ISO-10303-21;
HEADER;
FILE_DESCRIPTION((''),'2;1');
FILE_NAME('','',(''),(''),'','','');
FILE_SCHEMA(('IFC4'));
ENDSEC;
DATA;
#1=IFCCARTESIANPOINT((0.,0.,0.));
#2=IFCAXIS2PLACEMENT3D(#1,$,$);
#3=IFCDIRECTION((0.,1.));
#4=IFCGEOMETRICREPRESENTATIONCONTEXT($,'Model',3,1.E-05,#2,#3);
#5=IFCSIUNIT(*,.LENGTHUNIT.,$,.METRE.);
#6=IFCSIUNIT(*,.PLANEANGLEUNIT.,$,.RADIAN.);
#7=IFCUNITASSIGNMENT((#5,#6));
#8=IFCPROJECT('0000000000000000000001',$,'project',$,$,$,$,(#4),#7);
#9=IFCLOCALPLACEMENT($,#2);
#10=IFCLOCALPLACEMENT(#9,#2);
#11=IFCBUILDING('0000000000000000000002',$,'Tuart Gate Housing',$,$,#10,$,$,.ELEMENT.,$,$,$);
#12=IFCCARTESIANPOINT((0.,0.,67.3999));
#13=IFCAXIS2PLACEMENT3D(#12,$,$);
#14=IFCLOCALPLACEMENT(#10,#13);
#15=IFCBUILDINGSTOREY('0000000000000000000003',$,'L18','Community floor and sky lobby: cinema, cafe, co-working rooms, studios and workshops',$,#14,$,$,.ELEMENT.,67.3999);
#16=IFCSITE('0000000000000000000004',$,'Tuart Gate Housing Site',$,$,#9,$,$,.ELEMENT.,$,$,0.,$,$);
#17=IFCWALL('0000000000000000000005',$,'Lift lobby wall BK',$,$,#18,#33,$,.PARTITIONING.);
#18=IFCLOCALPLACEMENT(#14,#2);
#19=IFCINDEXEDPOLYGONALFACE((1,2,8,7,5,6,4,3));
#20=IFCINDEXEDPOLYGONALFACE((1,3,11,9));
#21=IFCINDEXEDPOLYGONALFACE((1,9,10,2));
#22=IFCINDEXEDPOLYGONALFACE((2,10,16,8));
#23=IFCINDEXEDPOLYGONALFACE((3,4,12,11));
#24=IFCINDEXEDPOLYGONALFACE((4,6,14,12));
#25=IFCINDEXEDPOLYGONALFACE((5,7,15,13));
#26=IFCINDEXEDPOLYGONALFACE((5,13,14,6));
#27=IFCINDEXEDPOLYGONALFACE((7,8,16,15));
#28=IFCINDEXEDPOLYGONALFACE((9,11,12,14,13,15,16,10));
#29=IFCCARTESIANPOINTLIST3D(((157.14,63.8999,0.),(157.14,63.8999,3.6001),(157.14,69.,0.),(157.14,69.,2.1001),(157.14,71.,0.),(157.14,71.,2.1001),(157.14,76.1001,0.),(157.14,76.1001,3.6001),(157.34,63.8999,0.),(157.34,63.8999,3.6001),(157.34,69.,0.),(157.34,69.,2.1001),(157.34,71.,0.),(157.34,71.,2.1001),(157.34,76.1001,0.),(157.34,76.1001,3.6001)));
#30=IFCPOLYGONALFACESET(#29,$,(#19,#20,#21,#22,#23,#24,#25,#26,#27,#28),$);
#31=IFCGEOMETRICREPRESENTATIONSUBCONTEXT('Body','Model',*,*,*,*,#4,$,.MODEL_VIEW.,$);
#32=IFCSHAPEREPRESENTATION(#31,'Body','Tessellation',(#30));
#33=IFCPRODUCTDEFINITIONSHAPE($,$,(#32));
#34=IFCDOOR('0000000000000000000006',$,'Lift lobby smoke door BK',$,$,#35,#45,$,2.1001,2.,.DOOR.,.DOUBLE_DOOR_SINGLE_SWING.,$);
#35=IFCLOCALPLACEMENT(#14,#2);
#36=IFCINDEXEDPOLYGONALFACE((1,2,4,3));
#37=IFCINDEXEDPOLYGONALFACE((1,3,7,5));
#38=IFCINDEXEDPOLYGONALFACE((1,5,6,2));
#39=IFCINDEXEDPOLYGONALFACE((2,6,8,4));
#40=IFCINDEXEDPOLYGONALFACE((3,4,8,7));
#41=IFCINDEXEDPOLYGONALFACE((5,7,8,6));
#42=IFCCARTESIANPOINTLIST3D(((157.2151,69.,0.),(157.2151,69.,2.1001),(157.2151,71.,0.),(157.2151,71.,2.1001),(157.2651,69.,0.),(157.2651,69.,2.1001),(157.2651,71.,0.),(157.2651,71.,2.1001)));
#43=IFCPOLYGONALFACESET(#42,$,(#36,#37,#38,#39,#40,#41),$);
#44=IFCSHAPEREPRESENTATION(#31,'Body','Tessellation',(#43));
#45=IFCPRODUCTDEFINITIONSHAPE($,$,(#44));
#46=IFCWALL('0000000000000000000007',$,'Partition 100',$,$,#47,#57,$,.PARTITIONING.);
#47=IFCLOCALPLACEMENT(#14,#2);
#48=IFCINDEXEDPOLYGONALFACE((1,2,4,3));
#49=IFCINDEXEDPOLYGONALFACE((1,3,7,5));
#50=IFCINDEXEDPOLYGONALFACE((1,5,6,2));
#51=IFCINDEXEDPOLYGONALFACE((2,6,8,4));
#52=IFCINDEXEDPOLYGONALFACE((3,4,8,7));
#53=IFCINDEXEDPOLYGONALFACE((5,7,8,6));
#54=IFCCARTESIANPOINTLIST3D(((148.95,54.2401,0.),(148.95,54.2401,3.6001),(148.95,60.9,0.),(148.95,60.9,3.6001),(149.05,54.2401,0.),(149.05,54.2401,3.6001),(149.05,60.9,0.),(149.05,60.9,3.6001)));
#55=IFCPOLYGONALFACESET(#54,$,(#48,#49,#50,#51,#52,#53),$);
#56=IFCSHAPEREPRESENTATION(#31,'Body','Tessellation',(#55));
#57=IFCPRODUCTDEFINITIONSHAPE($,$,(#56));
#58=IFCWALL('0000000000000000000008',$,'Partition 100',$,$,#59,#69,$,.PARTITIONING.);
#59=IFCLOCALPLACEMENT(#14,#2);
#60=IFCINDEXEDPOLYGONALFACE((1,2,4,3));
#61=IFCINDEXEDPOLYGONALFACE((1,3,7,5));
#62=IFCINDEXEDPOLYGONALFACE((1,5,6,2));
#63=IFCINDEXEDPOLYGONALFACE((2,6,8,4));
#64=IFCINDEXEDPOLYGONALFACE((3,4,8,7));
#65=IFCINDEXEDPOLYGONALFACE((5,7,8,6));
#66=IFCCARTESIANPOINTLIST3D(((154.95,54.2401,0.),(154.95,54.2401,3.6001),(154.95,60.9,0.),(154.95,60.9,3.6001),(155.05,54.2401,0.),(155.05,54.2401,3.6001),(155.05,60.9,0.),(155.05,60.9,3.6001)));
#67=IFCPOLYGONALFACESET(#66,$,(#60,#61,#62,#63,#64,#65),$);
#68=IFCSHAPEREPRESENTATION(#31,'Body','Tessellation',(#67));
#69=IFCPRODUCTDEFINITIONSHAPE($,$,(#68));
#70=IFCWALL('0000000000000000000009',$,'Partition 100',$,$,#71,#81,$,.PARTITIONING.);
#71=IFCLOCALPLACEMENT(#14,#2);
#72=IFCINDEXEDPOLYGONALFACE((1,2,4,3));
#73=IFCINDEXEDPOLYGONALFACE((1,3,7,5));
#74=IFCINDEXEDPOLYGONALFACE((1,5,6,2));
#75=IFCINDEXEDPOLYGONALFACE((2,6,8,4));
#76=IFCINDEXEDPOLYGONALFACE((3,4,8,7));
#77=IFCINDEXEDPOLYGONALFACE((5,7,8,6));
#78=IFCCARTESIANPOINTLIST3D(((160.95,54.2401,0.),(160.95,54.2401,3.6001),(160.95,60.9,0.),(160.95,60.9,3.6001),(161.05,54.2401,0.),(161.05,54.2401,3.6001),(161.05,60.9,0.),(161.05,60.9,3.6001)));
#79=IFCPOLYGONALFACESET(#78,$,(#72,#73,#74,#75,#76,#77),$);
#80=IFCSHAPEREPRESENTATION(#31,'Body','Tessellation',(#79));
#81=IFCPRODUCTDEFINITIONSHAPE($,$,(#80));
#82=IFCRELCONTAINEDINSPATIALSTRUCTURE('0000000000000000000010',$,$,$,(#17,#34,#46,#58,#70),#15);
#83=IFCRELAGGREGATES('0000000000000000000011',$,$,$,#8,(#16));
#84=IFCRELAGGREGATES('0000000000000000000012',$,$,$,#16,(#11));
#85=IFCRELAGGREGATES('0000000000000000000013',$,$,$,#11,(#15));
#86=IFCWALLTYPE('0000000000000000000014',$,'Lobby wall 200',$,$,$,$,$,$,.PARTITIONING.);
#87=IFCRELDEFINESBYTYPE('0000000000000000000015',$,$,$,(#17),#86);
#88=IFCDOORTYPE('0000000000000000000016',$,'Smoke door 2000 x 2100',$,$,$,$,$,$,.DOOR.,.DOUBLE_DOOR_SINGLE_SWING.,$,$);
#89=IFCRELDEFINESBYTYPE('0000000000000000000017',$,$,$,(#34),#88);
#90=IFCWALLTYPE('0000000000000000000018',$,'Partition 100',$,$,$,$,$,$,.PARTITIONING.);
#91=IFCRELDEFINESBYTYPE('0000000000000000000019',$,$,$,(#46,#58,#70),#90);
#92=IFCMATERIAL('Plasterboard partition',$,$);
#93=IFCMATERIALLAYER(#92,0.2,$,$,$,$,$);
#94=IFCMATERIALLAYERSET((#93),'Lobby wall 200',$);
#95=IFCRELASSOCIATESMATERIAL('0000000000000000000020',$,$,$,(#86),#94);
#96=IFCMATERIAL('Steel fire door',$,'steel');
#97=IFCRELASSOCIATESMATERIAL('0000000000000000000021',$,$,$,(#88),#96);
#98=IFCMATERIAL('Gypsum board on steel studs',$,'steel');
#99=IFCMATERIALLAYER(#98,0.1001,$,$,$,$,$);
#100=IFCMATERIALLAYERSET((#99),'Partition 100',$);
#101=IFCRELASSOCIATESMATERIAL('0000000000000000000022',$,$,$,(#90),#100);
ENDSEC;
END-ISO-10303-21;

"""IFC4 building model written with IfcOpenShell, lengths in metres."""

from ifc_helpers import new_model, si_unit, direction, frame, frame_2d, origin, place, context, subcontext, project, spatial, rectangle, extrude, material, layer, layer_set, type_object, element, fill, save


model = new_model("IFC4")

# Units and contexts
model_context = context("Model", 3, precision=1e-05, world=origin(), true_north=direction((0.0, 1.0)))
body_context = subcontext(model_context, "Body", "Model", "MODEL_VIEW")
ifc_project = project(units=[si_unit("LENGTHUNIT", "METRE"), si_unit("PLANEANGLEUNIT", "RADIAN")], contexts=[model_context])

# Site, building, storey
site_placement = place(None, origin())
site = spatial("IfcSite", under=ifc_project, at=site_placement, Name="Tuart Gate Housing Site", CompositionType="ELEMENT", RefElevation=0.0)
building_placement = place(site_placement, origin())
building = spatial("IfcBuilding", under=site, at=building_placement, Name="Tuart Gate Housing", CompositionType="ELEMENT")
storey_placement = place(building_placement, frame((0.0, 0.0, 67.3999)))
storey = spatial("IfcBuildingStorey", under=building, at=storey_placement, Name="L18", Description="Community floor and sky lobby: cinema, cafe, co-working rooms, studios and workshops", CompositionType="ELEMENT", Elevation=67.3999)

# Wall, opening, door
ifc_material_1 = material(Name="Plasterboard partition")
ifc_layer_1 = layer(ifc_material_1, 0.2)
ifc_layer_set_1 = layer_set([ifc_layer_1], Name="Lobby wall 200")
wall_type_1 = type_object("IfcWallType", Name="Lobby wall 200", PredefinedType="PARTITIONING", material=ifc_layer_set_1)
wall_1_placement = place(storey_placement, frame((157.24, 63.8999, 0.0), z_axis=(0.0, 0.0, 1.0), x_axis=(0.0, 1.0, 0.0)))
wall_1 = element("IfcWall", 1, at=wall_1_placement, inside=storey, type_object=wall_type_1, Name="Lift lobby wall BK", PredefinedType="PARTITIONING", context=body_context, shape_type="SweptSolid", body=[
    extrude(rectangle(XDim=12.2002, YDim=0.2, at=frame_2d((6.1001, 0.0))), origin(), (0.0, 0.0, 1.0), 3.6001),
])
opening_1_placement = place(wall_1_placement, frame((5.1001, 0.0, 0.0)))
opening_1 = element("IfcOpeningElement", 2, at=opening_1_placement, cuts=wall_1, PredefinedType="OPENING", context=body_context, shape_type="SweptSolid", body=[
    extrude(rectangle(XDim=2.0, YDim=2.1001, at=frame_2d((1.0, 1.05))), frame((0.0, 0.1099, 0.0), z_axis=(0.0, -1.0, 0.0), x_axis=(1.0, 0.0, 0.0)), (0.0, 0.0, 1.0), 0.22),
])
ifc_material_2 = material(Name="Steel fire door", Category="steel")
door_type_1 = type_object("IfcDoorType", Name="Smoke door 2000 x 2100", OperationType="DOUBLE_DOOR_SINGLE_SWING", PredefinedType="DOOR", material=ifc_material_2)
door_1_placement = place(opening_1_placement, frame((2.0, 0.0, 0.0), z_axis=(0.0, 0.0, 1.0), x_axis=(-1.0, 0.0, 0.0)))
door_1 = element("IfcDoor", 3, at=door_1_placement, inside=storey, type_object=door_type_1, Name="Lift lobby smoke door BK", OperationType="DOUBLE_DOOR_SINGLE_SWING", OverallHeight=2.1001, OverallWidth=2.0, PredefinedType="DOOR", context=body_context, shape_type="SweptSolid", body=[
    extrude(rectangle(XDim=2.0, YDim=2.1001, at=frame_2d((1.0, 1.05))), frame((0.0, 0.0251, 0.0), z_axis=(0.0, -1.0, 0.0), x_axis=(1.0, 0.0, 0.0)), (0.0, 0.0, 1.0), 0.05),
])
fill(opening_1, door_1)

# Walls
ifc_material_3 = material(Name="Gypsum board on steel studs", Category="steel")
ifc_layer_2 = layer(ifc_material_3, 0.1001)
ifc_layer_set_2 = layer_set([ifc_layer_2], Name="Partition 100")
wall_type_2 = type_object("IfcWallType", Name="Partition 100", PredefinedType="PARTITIONING", material=ifc_layer_set_2)
for number, where, z_axis, x_axis, name in (
    (4, (149.0, 54.24, 0.0), (0.0, 0.0, 1.0), (0.0, 1.0, 0.0), "Partition 100"),
    (5, (155.0, 54.24, 0.0), (0.0, 0.0, 1.0), (0.0, 1.0, 0.0), "Partition 100"),
    (6, (161.0, 54.24, 0.0), (0.0, 0.0, 1.0), (0.0, 1.0, 0.0), "Partition 100"),
):
    element("IfcWall", number, at=place(storey_placement, frame(where, z_axis=z_axis, x_axis=x_axis)), inside=storey, type_object=wall_type_2, Name=name, PredefinedType="PARTITIONING", context=body_context, shape_type="SweptSolid", body=[
        extrude(rectangle(XDim=6.6599, YDim=0.1001, at=frame_2d((3.3301, 0.0))), origin(), (0.0, 0.0, 1.0), 3.6001),
    ])

save(model, "model.ifc")
